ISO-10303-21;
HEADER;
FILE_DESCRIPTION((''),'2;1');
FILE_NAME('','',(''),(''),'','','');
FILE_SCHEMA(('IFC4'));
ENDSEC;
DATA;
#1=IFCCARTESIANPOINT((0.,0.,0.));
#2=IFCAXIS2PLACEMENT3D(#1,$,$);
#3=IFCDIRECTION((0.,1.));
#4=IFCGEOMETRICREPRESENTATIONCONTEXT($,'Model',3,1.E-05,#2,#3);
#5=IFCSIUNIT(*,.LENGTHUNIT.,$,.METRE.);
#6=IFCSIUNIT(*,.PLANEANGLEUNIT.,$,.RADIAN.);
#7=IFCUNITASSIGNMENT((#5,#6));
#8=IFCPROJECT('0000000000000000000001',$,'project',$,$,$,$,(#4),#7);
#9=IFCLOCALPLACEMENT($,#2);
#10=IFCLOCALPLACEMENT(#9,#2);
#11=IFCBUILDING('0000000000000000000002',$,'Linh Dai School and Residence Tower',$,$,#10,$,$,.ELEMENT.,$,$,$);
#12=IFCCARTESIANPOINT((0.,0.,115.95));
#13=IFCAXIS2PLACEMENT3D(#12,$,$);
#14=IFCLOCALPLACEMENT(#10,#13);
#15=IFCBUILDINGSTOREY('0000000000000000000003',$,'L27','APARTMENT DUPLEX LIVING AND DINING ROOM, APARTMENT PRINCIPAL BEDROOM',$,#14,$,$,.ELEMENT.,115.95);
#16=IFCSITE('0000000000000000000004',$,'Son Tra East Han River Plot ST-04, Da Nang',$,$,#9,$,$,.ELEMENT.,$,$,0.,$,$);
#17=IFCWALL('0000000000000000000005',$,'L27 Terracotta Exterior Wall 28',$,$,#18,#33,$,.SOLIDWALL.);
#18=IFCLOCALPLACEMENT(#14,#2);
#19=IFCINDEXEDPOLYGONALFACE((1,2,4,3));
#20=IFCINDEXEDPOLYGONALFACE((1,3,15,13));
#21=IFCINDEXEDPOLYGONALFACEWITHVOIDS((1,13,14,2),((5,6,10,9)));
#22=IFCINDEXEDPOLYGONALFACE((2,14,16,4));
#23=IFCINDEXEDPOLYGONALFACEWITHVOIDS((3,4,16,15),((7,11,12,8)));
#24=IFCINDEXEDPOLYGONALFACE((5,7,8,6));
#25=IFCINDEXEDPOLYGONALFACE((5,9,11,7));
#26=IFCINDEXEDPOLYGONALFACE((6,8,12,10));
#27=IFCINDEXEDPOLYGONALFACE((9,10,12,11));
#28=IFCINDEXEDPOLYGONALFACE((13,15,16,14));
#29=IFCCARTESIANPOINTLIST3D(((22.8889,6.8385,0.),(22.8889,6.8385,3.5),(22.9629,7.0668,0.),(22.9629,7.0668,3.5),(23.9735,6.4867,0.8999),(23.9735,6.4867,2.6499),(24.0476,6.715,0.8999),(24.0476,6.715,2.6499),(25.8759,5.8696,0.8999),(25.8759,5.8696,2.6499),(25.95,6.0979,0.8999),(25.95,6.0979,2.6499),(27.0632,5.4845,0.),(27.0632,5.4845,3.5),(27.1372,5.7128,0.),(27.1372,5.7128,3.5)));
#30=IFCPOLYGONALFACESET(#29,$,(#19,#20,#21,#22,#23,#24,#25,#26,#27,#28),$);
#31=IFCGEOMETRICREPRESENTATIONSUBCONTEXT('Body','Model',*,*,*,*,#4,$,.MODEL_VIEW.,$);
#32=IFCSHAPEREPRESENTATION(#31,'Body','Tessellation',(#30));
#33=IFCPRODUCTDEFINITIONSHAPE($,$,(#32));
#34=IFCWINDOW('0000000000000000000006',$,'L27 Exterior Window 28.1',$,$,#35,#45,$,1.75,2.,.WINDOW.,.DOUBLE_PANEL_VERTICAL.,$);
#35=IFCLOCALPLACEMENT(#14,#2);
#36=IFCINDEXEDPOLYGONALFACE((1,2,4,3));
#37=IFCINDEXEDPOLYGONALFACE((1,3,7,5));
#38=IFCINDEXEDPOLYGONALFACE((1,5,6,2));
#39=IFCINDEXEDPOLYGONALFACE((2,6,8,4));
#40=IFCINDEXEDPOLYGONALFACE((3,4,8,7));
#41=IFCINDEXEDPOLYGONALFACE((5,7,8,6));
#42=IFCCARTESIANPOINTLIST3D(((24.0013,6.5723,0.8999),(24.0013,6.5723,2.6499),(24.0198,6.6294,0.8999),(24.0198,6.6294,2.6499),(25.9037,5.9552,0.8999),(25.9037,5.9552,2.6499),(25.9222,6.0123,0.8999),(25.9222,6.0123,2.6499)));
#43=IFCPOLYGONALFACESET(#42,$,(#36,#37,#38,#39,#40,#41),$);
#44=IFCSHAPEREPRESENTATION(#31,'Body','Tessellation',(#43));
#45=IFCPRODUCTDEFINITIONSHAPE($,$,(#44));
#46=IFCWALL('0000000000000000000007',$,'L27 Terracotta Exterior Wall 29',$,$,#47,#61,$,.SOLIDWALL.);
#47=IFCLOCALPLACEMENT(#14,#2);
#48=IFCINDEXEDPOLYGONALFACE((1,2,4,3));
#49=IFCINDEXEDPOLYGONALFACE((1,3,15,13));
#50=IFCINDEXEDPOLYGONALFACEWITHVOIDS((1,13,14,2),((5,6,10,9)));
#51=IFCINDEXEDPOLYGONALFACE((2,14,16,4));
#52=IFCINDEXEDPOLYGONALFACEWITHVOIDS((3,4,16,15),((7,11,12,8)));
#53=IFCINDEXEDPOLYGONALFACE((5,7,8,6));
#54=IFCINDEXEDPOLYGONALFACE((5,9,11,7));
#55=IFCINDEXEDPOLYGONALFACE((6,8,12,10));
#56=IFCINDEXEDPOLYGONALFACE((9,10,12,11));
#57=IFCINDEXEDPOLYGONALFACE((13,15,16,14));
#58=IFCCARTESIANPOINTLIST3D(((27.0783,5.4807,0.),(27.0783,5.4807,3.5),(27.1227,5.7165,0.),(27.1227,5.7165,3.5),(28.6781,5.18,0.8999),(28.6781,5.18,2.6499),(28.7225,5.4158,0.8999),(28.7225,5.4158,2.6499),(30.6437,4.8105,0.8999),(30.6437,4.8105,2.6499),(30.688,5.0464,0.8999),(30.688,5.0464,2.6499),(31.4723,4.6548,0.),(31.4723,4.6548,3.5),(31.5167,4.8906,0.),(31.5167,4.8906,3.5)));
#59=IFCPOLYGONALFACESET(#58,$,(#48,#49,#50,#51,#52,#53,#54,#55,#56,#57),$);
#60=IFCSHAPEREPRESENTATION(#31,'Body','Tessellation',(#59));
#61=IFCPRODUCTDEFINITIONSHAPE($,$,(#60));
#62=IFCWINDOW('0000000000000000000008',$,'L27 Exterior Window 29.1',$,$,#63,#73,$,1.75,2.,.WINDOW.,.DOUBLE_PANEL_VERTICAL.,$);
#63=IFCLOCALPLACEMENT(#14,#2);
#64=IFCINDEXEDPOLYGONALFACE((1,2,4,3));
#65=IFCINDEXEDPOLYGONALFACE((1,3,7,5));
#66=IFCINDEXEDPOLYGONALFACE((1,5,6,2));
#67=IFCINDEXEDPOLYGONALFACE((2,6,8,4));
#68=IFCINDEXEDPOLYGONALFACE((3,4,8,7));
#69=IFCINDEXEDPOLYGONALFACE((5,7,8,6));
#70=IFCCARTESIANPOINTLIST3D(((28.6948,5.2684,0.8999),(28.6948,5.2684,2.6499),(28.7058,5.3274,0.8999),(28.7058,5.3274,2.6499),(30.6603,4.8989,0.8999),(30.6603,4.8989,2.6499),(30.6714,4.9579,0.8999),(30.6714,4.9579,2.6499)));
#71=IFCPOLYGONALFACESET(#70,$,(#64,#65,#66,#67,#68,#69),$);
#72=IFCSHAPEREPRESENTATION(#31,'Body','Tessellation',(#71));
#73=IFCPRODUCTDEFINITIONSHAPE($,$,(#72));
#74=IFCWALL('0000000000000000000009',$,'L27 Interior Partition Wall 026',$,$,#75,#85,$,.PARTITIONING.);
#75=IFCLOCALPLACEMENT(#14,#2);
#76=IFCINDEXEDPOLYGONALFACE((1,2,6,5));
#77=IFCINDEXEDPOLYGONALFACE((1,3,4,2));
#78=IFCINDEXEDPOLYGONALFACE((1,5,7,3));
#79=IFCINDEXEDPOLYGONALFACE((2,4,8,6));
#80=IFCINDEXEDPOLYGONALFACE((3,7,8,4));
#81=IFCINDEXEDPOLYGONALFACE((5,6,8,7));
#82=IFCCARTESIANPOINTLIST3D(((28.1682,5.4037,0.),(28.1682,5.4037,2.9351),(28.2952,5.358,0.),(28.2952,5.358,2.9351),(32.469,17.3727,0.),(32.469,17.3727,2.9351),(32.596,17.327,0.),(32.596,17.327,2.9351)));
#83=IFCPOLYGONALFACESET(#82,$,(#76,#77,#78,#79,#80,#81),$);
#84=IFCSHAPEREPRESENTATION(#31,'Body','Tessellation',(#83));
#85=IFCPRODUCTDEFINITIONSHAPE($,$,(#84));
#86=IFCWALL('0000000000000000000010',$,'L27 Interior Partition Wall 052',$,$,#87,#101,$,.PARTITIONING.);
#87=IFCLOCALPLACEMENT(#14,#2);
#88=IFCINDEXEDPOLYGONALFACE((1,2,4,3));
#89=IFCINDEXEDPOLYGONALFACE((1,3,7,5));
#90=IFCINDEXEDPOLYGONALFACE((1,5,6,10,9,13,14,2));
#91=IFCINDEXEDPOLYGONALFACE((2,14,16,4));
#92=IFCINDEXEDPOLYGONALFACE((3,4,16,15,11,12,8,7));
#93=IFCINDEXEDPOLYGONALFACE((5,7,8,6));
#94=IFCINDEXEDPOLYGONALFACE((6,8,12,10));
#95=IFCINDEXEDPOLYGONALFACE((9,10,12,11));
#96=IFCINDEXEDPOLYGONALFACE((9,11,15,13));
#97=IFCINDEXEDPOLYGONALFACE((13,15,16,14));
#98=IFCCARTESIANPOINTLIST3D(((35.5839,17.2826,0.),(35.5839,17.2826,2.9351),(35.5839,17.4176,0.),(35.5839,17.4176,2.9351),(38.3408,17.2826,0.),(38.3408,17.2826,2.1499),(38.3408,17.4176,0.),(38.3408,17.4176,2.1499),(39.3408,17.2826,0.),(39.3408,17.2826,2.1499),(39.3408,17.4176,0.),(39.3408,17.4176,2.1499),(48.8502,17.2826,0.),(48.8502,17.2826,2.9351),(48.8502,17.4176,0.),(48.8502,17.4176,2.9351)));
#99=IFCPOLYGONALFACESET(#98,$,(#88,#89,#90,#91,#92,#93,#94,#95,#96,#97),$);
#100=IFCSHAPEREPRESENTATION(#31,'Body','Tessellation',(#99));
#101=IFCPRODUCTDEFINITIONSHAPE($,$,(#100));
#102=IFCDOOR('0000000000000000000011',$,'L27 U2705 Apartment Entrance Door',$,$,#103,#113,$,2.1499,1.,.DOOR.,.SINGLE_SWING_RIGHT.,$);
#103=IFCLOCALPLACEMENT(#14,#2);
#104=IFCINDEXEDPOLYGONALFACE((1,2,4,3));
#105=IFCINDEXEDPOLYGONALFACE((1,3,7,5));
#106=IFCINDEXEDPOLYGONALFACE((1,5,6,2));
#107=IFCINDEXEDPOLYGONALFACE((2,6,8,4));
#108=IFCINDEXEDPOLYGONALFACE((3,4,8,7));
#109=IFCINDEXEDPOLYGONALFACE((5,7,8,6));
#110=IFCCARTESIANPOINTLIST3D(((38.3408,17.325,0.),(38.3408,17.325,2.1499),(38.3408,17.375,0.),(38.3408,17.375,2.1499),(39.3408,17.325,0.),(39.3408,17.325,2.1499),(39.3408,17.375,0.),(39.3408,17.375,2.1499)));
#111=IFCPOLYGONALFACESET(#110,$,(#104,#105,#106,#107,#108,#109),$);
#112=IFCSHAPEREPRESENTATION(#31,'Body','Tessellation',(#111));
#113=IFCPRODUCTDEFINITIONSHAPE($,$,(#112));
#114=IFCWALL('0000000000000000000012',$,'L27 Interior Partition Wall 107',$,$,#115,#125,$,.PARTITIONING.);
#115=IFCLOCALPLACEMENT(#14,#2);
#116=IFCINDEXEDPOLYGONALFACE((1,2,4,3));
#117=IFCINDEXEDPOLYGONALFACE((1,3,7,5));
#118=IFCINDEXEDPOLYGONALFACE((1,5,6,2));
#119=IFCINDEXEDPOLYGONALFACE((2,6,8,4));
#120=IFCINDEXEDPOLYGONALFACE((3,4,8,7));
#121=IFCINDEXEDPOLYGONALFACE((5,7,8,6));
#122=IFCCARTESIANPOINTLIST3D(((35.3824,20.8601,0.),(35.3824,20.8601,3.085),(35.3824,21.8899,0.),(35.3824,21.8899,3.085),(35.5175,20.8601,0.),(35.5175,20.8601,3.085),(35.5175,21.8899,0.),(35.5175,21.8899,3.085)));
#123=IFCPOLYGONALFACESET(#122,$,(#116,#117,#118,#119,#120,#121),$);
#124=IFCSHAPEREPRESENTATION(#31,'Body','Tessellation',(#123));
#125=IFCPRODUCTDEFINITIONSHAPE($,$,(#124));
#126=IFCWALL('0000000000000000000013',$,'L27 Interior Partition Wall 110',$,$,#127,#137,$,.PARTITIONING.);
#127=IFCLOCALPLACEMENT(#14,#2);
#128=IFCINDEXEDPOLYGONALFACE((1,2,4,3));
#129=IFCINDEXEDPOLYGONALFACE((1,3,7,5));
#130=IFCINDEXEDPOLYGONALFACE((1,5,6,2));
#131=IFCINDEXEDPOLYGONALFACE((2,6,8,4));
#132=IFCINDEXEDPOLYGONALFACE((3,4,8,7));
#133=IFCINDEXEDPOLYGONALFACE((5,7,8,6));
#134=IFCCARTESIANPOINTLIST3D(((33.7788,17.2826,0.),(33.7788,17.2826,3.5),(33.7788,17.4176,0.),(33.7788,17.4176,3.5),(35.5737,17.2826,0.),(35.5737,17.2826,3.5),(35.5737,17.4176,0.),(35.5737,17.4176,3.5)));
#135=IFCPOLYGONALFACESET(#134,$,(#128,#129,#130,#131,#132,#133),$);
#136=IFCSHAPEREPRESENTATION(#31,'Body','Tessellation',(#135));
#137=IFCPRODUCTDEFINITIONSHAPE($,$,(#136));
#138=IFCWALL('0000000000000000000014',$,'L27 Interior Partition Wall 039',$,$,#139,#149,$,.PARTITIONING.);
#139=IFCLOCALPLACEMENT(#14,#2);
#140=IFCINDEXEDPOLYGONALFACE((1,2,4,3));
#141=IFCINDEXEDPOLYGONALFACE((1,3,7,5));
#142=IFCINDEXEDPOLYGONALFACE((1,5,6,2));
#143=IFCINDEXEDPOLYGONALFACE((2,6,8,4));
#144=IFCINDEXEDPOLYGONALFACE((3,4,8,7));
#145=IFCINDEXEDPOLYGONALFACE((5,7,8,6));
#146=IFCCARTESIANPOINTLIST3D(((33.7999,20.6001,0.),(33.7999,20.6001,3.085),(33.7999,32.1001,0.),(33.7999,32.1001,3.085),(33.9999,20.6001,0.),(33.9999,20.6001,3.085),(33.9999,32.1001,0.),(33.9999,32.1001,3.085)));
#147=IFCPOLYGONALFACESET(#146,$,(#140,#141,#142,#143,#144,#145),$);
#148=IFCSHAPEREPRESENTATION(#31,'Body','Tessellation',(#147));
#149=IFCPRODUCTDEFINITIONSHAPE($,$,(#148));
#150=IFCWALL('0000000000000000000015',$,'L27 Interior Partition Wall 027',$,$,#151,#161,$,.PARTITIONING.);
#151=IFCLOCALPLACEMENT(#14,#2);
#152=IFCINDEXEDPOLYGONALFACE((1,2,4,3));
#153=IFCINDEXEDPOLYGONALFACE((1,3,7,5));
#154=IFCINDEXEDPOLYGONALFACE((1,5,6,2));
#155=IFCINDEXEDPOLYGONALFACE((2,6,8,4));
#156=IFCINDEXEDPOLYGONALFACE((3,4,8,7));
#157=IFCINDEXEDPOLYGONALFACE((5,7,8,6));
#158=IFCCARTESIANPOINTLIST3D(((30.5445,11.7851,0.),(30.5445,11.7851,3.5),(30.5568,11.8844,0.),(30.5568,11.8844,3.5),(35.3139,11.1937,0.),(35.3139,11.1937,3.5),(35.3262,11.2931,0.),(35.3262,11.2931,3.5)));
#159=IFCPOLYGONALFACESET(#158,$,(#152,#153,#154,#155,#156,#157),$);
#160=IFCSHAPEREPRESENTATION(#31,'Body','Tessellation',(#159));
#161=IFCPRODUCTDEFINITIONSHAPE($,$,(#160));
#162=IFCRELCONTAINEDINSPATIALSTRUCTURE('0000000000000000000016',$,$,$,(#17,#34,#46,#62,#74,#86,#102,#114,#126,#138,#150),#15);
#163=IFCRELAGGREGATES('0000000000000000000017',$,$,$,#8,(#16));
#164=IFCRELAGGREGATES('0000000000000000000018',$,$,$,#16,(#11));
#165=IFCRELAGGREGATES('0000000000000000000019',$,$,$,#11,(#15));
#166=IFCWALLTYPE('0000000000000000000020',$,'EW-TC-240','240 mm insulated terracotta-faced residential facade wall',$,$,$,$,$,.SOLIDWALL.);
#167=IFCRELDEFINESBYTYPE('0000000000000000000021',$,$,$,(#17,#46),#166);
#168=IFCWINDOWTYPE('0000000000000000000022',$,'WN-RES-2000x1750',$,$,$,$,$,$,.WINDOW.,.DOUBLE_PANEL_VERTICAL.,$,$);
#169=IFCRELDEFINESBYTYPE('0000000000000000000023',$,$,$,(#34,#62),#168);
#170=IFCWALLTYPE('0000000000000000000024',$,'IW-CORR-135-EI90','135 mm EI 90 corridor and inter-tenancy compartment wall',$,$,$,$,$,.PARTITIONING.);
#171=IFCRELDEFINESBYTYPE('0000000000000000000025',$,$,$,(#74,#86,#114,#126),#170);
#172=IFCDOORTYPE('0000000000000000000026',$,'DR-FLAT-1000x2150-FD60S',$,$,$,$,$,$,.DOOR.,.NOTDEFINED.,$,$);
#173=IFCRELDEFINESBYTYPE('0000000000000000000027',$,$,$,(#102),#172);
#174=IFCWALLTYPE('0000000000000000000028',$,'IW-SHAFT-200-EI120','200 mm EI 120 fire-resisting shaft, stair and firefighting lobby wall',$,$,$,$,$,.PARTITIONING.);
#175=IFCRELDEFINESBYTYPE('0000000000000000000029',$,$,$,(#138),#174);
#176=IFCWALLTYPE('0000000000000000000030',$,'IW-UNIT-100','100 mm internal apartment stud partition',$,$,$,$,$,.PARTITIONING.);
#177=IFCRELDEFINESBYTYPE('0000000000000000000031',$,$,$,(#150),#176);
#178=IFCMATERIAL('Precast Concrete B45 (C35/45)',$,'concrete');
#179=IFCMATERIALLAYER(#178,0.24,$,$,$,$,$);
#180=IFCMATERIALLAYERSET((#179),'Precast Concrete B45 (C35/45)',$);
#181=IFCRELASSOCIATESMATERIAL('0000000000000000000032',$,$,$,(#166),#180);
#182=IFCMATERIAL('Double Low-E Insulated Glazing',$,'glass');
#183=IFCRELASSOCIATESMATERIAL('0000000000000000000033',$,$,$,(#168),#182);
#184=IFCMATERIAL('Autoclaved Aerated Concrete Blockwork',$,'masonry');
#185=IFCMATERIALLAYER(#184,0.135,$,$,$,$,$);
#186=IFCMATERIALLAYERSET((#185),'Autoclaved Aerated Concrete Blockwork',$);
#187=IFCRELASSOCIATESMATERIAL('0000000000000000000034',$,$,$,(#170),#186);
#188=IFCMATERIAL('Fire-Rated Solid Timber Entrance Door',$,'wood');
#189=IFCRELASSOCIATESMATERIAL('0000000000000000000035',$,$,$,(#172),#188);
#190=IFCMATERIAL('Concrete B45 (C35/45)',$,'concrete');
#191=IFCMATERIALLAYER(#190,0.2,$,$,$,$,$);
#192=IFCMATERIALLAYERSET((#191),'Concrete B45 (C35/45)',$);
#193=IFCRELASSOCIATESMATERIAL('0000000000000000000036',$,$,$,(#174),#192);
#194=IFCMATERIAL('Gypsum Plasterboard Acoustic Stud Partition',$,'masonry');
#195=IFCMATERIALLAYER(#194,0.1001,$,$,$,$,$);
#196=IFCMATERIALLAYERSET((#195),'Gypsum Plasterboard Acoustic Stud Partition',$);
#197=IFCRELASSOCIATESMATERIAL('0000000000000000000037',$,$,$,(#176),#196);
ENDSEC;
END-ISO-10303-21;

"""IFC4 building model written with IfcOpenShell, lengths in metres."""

from ifc_helpers import new_model, si_unit, direction, frame, frame_2d, origin, origin_2d, place, context, subcontext, project, spatial, rectangle, extrude, source, transform, mapped, material, layer, layer_set, type_object, element, fill, save


model = new_model("IFC4")

# Units and contexts
model_context = context("Model", 3, precision=1e-05, world=origin(), true_north=direction((0.0, 1.0)))
body_context = subcontext(model_context, "Body", "Model", "MODEL_VIEW")
ifc_project = project(units=[si_unit("LENGTHUNIT", "METRE"), si_unit("PLANEANGLEUNIT", "RADIAN")], contexts=[model_context])

# Site, building, storey
site_placement = place(None, origin())
site = spatial("IfcSite", under=ifc_project, at=site_placement, Name="Son Tra East Han River Plot ST-04, Da Nang", CompositionType="ELEMENT", RefElevation=0.0)
building_placement = place(site_placement, origin())
building = spatial("IfcBuilding", under=site, at=building_placement, Name="Linh Dai School and Residence Tower", CompositionType="ELEMENT")
storey_placement = place(building_placement, frame((0.0, 0.0, 115.95)))
storey = spatial("IfcBuildingStorey", under=building, at=storey_placement, Name="L27", Description="APARTMENT DUPLEX LIVING AND DINING ROOM, APARTMENT PRINCIPAL BEDROOM", CompositionType="ELEMENT", Elevation=115.95)

# Shared definitions
ifc_material_1 = material(Name="Precast Concrete B45 (C35/45)", Category="concrete")

# Walls, openings, windows
ifc_layer_1 = layer(ifc_material_1, 0.24)
ifc_layer_set_1 = layer_set([ifc_layer_1], Name="Precast Concrete B45 (C35/45)")
wall_type_1 = type_object("IfcWallType", Name="EW-TC-240", Description="240 mm insulated terracotta-faced residential facade wall", PredefinedType="SOLIDWALL", material=ifc_layer_set_1)
wall_1_placement = place(storey_placement, frame((27.1003, 5.5986, 0.0), z_axis=(0.0, 0.0, 1.0), x_axis=(-0.951211, 0.30854, 0.0)))
wall_1 = element("IfcWall", 1, at=wall_1_placement, inside=storey, type_object=wall_type_1, Name="L27 Terracotta Exterior Wall 28", PredefinedType="SOLIDWALL", context=body_context, shape_type="SweptSolid", body=[
    extrude(rectangle(XDim=4.3884, YDim=0.24, at=frame_2d((2.1943, 0.0))), origin(), (0.0, 0.0, 1.0), 3.5),
])
opening_1_placement = place(wall_1_placement, frame((1.2483, 0.0, 0.8999)))
opening_1 = element("IfcOpeningElement", 2, at=opening_1_placement, cuts=wall_1, PredefinedType="OPENING", context=body_context, shape_type="SweptSolid", body=[
    extrude(rectangle(XDim=2.0, YDim=1.75, at=origin_2d()), frame((1.0, 0.1299, 0.875), z_axis=(0.0, -1.0, 0.0), x_axis=(1.0, 0.0, 0.0)), (0.0, 0.0, 1.0), 0.26),
])
ifc_material_2 = material(Name="Double Low-E Insulated Glazing", Category="glass")
window_type = type_object("IfcWindowType", Name="WN-RES-2000x1750", PartitioningType="DOUBLE_PANEL_VERTICAL", PredefinedType="WINDOW", material=ifc_material_2)
shared_shape_1 = source(origin(), body_context, "Body", "SweptSolid", [
    extrude(rectangle(XDim=2.0, YDim=1.75, at=origin_2d()), frame((1.0, 0.03, 0.875), z_axis=(0.0, -1.0, 0.0), x_axis=(1.0, 0.0, 0.0)), (0.0, 0.0, 1.0), 0.0601),
])
window_1_placement = place(opening_1_placement, origin())
window_1 = element("IfcWindow", 3, at=window_1_placement, inside=storey, type_object=window_type, Name="L27 Exterior Window 28.1", OverallHeight=1.75, OverallWidth=2.0, PartitioningType="DOUBLE_PANEL_VERTICAL", PredefinedType="WINDOW", context=body_context, shape_type="MappedRepresentation", body=[
    mapped(shared_shape_1, transform((0.0, 0.0, 0.0), x_axis=(1.0, 0.0, 0.0), y_axis=(0.0, 1.0, 0.0), z_axis=(0.0, 0.0, 1.0), scale=1.0)),
])
fill(opening_1, window_1)
wall_2_placement = place(storey_placement, frame((31.4944, 4.7727, 0.0), z_axis=(0.0, 0.0, 1.0), x_axis=(-0.982789, 0.18473, 0.0)))
wall_2 = element("IfcWall", 4, at=wall_2_placement, inside=storey, type_object=wall_type_1, Name="L27 Terracotta Exterior Wall 29", PredefinedType="SOLIDWALL", context=body_context, shape_type="SweptSolid", body=[
    extrude(rectangle(XDim=4.4709, YDim=0.24, at=frame_2d((2.2354, 0.0))), origin(), (0.0, 0.0, 1.0), 3.5),
])
opening_2_placement = place(wall_2_placement, frame((0.843, 0.0, 0.8999)))
opening_2 = element("IfcOpeningElement", 5, at=opening_2_placement, cuts=wall_2, PredefinedType="OPENING", context=body_context, shape_type="SweptSolid", body=[
    extrude(rectangle(XDim=2.0, YDim=1.75, at=origin_2d()), frame((1.0, 0.1299, 0.875), z_axis=(0.0, -1.0, 0.0), x_axis=(1.0, 0.0, 0.0)), (0.0, 0.0, 1.0), 0.26),
])
window_2_placement = place(opening_2_placement, origin())
window_2 = element("IfcWindow", 6, at=window_2_placement, inside=storey, type_object=window_type, Name="L27 Exterior Window 29.1", OverallHeight=1.75, OverallWidth=2.0, PartitioningType="DOUBLE_PANEL_VERTICAL", PredefinedType="WINDOW", context=body_context, shape_type="MappedRepresentation", body=[
    mapped(shared_shape_1, transform((0.0, 0.0, 0.0), x_axis=(1.0, 0.0, 0.0), y_axis=(0.0, 1.0, 0.0), z_axis=(0.0, 0.0, 1.0), scale=1.0)),
])
fill(opening_2, window_2)

# Wall
ifc_material_3 = material(Name="Autoclaved Aerated Concrete Blockwork", Category="masonry")
ifc_layer_2 = layer(ifc_material_3, 0.135)
ifc_layer_set_2 = layer_set([ifc_layer_2], Name="Autoclaved Aerated Concrete Blockwork")
wall_type_2 = type_object("IfcWallType", Name="IW-CORR-135-EI90", Description="135 mm EI 90 corridor and inter-tenancy compartment wall", PredefinedType="PARTITIONING", material=ifc_layer_set_2)
wall_3_placement = place(storey_placement, frame((28.2317, 5.3809, 0.0), z_axis=(0.0, 0.0, 1.0), x_axis=(0.338159, 0.941089, 0.0)))
element("IfcWall", 7, at=wall_3_placement, inside=storey, type_object=wall_type_2, Name="L27 Interior Partition Wall 026", PredefinedType="PARTITIONING", context=body_context, shape_type="SweptSolid", body=[
    extrude(rectangle(XDim=12.7183, YDim=0.135, at=frame_2d((6.3591, 0.0))), origin(), (0.0, 0.0, 1.0), 2.9351),
])

# Wall, opening, door
wall_4_placement = place(storey_placement, frame((35.5837, 17.3501, 0.0), z_axis=(0.0, 0.0, 1.0), x_axis=(1.0, 0.0, 0.0)))
wall_4 = element("IfcWall", 8, at=wall_4_placement, inside=storey, type_object=wall_type_2, Name="L27 Interior Partition Wall 052", PredefinedType="PARTITIONING", context=body_context, shape_type="SweptSolid", body=[
    extrude(rectangle(XDim=13.2664, YDim=0.135, at=frame_2d((6.6333, 0.0))), origin(), (0.0, 0.0, 1.0), 2.9351),
])
opening_3_placement = place(wall_4_placement, frame((2.7571, 0.0, 0.0)))
opening_3 = element("IfcOpeningElement", 9, at=opening_3_placement, cuts=wall_4, PredefinedType="OPENING", context=body_context, shape_type="SweptSolid", body=[
    extrude(rectangle(XDim=1.0, YDim=2.1499, at=origin_2d()), frame((0.5, 0.0776, 1.075), z_axis=(0.0, -1.0, 0.0), x_axis=(1.0, 0.0, 0.0)), (0.0, 0.0, 1.0), 0.155),
])
ifc_material_4 = material(Name="Fire-Rated Solid Timber Entrance Door", Category="wood")
door_type_1 = type_object("IfcDoorType", Name="DR-FLAT-1000x2150-FD60S", OperationType="NOTDEFINED", PredefinedType="DOOR", material=ifc_material_4)
shared_shape_2 = source(origin(), body_context, "Body", "SweptSolid", [
    extrude(rectangle(XDim=1.0, YDim=2.1499, at=origin_2d()), frame((0.5, 0.0249, 1.075), z_axis=(0.0, -1.0, 0.0), x_axis=(1.0, 0.0, 0.0)), (0.0, 0.0, 1.0), 0.05),
])
door_1_placement = place(opening_3_placement, origin())
door_1 = element("IfcDoor", 10, at=door_1_placement, inside=storey, type_object=door_type_1, Name="L27 U2705 Apartment Entrance Door", OperationType="SINGLE_SWING_RIGHT", OverallHeight=2.1499, OverallWidth=1.0, PredefinedType="DOOR", context=body_context, shape_type="MappedRepresentation", body=[
    mapped(shared_shape_2, transform((0.0, 0.0, 0.0), x_axis=(1.0, 0.0, 0.0), y_axis=(0.0, 1.0, 0.0), z_axis=(0.0, 0.0, 1.0), scale=1.0)),
])
fill(opening_3, door_1)

# Walls
wall_5_placement = place(storey_placement, frame((35.45, 21.8899, 0.0), z_axis=(0.0, 0.0, 1.0), x_axis=(0.0, -1.0, 0.0)))
element("IfcWall", 11, at=wall_5_placement, inside=storey, type_object=wall_type_2, Name="L27 Interior Partition Wall 107", PredefinedType="PARTITIONING", context=body_context, shape_type="SweptSolid", body=[
    extrude(rectangle(XDim=1.0298, YDim=0.135, at=frame_2d((0.5149, 0.0))), origin(), (0.0, 0.0, 1.0), 3.085),
])
wall_6_placement = place(storey_placement, frame((35.5737, 17.3501, 0.0), z_axis=(0.0, 0.0, 1.0), x_axis=(-1.0, 0.0, 0.0)))
element("IfcWall", 12, at=wall_6_placement, inside=storey, type_object=wall_type_2, Name="L27 Interior Partition Wall 110", PredefinedType="PARTITIONING", context=body_context, shape_type="SweptSolid", body=[
    extrude(rectangle(XDim=1.7949, YDim=0.135, at=frame_2d((0.8975, 0.0))), origin(), (0.0, 0.0, 1.0), 3.5),
])
ifc_material_5 = material(Name="Concrete B45 (C35/45)", Category="concrete")
ifc_layer_3 = layer(ifc_material_5, 0.2)
ifc_layer_set_3 = layer_set([ifc_layer_3], Name="Concrete B45 (C35/45)")
wall_type_3 = type_object("IfcWallType", Name="IW-SHAFT-200-EI120", Description="200 mm EI 120 fire-resisting shaft, stair and firefighting lobby wall", PredefinedType="PARTITIONING", material=ifc_layer_set_3)
wall_7_placement = place(storey_placement, frame((33.8999, 20.6001, 0.0), z_axis=(0.0, 0.0, 1.0), x_axis=(0.0, 1.0, 0.0)))
element("IfcWall", 13, at=wall_7_placement, inside=storey, type_object=wall_type_3, Name="L27 Interior Partition Wall 039", PredefinedType="PARTITIONING", context=body_context, shape_type="SweptSolid", body=[
    extrude(rectangle(XDim=11.5, YDim=0.2, at=frame_2d((5.75, 0.0))), origin(), (0.0, 0.0, 1.0), 3.085),
])
ifc_material_6 = material(Name="Gypsum Plasterboard Acoustic Stud Partition", Category="masonry")
ifc_layer_4 = layer(ifc_material_6, 0.1001)
ifc_layer_set_4 = layer_set([ifc_layer_4], Name="Gypsum Plasterboard Acoustic Stud Partition")
wall_type_4 = type_object("IfcWallType", Name="IW-UNIT-100", Description="100 mm internal apartment stud partition", PredefinedType="PARTITIONING", material=ifc_layer_set_4)
wall_8_placement = place(storey_placement, frame((30.5508, 11.8347, 0.0), z_axis=(0.0, 0.0, 1.0), x_axis=(0.992402, -0.123041, 0.0)))
element("IfcWall", 14, at=wall_8_placement, inside=storey, type_object=wall_type_4, Name="L27 Interior Partition Wall 027", PredefinedType="PARTITIONING", context=body_context, shape_type="SweptSolid", body=[
    extrude(rectangle(XDim=4.8059, YDim=0.1001, at=frame_2d((2.4028, 0.0))), origin(), (0.0, 0.0, 1.0), 3.5),
])

save(model, "model.ifc")
